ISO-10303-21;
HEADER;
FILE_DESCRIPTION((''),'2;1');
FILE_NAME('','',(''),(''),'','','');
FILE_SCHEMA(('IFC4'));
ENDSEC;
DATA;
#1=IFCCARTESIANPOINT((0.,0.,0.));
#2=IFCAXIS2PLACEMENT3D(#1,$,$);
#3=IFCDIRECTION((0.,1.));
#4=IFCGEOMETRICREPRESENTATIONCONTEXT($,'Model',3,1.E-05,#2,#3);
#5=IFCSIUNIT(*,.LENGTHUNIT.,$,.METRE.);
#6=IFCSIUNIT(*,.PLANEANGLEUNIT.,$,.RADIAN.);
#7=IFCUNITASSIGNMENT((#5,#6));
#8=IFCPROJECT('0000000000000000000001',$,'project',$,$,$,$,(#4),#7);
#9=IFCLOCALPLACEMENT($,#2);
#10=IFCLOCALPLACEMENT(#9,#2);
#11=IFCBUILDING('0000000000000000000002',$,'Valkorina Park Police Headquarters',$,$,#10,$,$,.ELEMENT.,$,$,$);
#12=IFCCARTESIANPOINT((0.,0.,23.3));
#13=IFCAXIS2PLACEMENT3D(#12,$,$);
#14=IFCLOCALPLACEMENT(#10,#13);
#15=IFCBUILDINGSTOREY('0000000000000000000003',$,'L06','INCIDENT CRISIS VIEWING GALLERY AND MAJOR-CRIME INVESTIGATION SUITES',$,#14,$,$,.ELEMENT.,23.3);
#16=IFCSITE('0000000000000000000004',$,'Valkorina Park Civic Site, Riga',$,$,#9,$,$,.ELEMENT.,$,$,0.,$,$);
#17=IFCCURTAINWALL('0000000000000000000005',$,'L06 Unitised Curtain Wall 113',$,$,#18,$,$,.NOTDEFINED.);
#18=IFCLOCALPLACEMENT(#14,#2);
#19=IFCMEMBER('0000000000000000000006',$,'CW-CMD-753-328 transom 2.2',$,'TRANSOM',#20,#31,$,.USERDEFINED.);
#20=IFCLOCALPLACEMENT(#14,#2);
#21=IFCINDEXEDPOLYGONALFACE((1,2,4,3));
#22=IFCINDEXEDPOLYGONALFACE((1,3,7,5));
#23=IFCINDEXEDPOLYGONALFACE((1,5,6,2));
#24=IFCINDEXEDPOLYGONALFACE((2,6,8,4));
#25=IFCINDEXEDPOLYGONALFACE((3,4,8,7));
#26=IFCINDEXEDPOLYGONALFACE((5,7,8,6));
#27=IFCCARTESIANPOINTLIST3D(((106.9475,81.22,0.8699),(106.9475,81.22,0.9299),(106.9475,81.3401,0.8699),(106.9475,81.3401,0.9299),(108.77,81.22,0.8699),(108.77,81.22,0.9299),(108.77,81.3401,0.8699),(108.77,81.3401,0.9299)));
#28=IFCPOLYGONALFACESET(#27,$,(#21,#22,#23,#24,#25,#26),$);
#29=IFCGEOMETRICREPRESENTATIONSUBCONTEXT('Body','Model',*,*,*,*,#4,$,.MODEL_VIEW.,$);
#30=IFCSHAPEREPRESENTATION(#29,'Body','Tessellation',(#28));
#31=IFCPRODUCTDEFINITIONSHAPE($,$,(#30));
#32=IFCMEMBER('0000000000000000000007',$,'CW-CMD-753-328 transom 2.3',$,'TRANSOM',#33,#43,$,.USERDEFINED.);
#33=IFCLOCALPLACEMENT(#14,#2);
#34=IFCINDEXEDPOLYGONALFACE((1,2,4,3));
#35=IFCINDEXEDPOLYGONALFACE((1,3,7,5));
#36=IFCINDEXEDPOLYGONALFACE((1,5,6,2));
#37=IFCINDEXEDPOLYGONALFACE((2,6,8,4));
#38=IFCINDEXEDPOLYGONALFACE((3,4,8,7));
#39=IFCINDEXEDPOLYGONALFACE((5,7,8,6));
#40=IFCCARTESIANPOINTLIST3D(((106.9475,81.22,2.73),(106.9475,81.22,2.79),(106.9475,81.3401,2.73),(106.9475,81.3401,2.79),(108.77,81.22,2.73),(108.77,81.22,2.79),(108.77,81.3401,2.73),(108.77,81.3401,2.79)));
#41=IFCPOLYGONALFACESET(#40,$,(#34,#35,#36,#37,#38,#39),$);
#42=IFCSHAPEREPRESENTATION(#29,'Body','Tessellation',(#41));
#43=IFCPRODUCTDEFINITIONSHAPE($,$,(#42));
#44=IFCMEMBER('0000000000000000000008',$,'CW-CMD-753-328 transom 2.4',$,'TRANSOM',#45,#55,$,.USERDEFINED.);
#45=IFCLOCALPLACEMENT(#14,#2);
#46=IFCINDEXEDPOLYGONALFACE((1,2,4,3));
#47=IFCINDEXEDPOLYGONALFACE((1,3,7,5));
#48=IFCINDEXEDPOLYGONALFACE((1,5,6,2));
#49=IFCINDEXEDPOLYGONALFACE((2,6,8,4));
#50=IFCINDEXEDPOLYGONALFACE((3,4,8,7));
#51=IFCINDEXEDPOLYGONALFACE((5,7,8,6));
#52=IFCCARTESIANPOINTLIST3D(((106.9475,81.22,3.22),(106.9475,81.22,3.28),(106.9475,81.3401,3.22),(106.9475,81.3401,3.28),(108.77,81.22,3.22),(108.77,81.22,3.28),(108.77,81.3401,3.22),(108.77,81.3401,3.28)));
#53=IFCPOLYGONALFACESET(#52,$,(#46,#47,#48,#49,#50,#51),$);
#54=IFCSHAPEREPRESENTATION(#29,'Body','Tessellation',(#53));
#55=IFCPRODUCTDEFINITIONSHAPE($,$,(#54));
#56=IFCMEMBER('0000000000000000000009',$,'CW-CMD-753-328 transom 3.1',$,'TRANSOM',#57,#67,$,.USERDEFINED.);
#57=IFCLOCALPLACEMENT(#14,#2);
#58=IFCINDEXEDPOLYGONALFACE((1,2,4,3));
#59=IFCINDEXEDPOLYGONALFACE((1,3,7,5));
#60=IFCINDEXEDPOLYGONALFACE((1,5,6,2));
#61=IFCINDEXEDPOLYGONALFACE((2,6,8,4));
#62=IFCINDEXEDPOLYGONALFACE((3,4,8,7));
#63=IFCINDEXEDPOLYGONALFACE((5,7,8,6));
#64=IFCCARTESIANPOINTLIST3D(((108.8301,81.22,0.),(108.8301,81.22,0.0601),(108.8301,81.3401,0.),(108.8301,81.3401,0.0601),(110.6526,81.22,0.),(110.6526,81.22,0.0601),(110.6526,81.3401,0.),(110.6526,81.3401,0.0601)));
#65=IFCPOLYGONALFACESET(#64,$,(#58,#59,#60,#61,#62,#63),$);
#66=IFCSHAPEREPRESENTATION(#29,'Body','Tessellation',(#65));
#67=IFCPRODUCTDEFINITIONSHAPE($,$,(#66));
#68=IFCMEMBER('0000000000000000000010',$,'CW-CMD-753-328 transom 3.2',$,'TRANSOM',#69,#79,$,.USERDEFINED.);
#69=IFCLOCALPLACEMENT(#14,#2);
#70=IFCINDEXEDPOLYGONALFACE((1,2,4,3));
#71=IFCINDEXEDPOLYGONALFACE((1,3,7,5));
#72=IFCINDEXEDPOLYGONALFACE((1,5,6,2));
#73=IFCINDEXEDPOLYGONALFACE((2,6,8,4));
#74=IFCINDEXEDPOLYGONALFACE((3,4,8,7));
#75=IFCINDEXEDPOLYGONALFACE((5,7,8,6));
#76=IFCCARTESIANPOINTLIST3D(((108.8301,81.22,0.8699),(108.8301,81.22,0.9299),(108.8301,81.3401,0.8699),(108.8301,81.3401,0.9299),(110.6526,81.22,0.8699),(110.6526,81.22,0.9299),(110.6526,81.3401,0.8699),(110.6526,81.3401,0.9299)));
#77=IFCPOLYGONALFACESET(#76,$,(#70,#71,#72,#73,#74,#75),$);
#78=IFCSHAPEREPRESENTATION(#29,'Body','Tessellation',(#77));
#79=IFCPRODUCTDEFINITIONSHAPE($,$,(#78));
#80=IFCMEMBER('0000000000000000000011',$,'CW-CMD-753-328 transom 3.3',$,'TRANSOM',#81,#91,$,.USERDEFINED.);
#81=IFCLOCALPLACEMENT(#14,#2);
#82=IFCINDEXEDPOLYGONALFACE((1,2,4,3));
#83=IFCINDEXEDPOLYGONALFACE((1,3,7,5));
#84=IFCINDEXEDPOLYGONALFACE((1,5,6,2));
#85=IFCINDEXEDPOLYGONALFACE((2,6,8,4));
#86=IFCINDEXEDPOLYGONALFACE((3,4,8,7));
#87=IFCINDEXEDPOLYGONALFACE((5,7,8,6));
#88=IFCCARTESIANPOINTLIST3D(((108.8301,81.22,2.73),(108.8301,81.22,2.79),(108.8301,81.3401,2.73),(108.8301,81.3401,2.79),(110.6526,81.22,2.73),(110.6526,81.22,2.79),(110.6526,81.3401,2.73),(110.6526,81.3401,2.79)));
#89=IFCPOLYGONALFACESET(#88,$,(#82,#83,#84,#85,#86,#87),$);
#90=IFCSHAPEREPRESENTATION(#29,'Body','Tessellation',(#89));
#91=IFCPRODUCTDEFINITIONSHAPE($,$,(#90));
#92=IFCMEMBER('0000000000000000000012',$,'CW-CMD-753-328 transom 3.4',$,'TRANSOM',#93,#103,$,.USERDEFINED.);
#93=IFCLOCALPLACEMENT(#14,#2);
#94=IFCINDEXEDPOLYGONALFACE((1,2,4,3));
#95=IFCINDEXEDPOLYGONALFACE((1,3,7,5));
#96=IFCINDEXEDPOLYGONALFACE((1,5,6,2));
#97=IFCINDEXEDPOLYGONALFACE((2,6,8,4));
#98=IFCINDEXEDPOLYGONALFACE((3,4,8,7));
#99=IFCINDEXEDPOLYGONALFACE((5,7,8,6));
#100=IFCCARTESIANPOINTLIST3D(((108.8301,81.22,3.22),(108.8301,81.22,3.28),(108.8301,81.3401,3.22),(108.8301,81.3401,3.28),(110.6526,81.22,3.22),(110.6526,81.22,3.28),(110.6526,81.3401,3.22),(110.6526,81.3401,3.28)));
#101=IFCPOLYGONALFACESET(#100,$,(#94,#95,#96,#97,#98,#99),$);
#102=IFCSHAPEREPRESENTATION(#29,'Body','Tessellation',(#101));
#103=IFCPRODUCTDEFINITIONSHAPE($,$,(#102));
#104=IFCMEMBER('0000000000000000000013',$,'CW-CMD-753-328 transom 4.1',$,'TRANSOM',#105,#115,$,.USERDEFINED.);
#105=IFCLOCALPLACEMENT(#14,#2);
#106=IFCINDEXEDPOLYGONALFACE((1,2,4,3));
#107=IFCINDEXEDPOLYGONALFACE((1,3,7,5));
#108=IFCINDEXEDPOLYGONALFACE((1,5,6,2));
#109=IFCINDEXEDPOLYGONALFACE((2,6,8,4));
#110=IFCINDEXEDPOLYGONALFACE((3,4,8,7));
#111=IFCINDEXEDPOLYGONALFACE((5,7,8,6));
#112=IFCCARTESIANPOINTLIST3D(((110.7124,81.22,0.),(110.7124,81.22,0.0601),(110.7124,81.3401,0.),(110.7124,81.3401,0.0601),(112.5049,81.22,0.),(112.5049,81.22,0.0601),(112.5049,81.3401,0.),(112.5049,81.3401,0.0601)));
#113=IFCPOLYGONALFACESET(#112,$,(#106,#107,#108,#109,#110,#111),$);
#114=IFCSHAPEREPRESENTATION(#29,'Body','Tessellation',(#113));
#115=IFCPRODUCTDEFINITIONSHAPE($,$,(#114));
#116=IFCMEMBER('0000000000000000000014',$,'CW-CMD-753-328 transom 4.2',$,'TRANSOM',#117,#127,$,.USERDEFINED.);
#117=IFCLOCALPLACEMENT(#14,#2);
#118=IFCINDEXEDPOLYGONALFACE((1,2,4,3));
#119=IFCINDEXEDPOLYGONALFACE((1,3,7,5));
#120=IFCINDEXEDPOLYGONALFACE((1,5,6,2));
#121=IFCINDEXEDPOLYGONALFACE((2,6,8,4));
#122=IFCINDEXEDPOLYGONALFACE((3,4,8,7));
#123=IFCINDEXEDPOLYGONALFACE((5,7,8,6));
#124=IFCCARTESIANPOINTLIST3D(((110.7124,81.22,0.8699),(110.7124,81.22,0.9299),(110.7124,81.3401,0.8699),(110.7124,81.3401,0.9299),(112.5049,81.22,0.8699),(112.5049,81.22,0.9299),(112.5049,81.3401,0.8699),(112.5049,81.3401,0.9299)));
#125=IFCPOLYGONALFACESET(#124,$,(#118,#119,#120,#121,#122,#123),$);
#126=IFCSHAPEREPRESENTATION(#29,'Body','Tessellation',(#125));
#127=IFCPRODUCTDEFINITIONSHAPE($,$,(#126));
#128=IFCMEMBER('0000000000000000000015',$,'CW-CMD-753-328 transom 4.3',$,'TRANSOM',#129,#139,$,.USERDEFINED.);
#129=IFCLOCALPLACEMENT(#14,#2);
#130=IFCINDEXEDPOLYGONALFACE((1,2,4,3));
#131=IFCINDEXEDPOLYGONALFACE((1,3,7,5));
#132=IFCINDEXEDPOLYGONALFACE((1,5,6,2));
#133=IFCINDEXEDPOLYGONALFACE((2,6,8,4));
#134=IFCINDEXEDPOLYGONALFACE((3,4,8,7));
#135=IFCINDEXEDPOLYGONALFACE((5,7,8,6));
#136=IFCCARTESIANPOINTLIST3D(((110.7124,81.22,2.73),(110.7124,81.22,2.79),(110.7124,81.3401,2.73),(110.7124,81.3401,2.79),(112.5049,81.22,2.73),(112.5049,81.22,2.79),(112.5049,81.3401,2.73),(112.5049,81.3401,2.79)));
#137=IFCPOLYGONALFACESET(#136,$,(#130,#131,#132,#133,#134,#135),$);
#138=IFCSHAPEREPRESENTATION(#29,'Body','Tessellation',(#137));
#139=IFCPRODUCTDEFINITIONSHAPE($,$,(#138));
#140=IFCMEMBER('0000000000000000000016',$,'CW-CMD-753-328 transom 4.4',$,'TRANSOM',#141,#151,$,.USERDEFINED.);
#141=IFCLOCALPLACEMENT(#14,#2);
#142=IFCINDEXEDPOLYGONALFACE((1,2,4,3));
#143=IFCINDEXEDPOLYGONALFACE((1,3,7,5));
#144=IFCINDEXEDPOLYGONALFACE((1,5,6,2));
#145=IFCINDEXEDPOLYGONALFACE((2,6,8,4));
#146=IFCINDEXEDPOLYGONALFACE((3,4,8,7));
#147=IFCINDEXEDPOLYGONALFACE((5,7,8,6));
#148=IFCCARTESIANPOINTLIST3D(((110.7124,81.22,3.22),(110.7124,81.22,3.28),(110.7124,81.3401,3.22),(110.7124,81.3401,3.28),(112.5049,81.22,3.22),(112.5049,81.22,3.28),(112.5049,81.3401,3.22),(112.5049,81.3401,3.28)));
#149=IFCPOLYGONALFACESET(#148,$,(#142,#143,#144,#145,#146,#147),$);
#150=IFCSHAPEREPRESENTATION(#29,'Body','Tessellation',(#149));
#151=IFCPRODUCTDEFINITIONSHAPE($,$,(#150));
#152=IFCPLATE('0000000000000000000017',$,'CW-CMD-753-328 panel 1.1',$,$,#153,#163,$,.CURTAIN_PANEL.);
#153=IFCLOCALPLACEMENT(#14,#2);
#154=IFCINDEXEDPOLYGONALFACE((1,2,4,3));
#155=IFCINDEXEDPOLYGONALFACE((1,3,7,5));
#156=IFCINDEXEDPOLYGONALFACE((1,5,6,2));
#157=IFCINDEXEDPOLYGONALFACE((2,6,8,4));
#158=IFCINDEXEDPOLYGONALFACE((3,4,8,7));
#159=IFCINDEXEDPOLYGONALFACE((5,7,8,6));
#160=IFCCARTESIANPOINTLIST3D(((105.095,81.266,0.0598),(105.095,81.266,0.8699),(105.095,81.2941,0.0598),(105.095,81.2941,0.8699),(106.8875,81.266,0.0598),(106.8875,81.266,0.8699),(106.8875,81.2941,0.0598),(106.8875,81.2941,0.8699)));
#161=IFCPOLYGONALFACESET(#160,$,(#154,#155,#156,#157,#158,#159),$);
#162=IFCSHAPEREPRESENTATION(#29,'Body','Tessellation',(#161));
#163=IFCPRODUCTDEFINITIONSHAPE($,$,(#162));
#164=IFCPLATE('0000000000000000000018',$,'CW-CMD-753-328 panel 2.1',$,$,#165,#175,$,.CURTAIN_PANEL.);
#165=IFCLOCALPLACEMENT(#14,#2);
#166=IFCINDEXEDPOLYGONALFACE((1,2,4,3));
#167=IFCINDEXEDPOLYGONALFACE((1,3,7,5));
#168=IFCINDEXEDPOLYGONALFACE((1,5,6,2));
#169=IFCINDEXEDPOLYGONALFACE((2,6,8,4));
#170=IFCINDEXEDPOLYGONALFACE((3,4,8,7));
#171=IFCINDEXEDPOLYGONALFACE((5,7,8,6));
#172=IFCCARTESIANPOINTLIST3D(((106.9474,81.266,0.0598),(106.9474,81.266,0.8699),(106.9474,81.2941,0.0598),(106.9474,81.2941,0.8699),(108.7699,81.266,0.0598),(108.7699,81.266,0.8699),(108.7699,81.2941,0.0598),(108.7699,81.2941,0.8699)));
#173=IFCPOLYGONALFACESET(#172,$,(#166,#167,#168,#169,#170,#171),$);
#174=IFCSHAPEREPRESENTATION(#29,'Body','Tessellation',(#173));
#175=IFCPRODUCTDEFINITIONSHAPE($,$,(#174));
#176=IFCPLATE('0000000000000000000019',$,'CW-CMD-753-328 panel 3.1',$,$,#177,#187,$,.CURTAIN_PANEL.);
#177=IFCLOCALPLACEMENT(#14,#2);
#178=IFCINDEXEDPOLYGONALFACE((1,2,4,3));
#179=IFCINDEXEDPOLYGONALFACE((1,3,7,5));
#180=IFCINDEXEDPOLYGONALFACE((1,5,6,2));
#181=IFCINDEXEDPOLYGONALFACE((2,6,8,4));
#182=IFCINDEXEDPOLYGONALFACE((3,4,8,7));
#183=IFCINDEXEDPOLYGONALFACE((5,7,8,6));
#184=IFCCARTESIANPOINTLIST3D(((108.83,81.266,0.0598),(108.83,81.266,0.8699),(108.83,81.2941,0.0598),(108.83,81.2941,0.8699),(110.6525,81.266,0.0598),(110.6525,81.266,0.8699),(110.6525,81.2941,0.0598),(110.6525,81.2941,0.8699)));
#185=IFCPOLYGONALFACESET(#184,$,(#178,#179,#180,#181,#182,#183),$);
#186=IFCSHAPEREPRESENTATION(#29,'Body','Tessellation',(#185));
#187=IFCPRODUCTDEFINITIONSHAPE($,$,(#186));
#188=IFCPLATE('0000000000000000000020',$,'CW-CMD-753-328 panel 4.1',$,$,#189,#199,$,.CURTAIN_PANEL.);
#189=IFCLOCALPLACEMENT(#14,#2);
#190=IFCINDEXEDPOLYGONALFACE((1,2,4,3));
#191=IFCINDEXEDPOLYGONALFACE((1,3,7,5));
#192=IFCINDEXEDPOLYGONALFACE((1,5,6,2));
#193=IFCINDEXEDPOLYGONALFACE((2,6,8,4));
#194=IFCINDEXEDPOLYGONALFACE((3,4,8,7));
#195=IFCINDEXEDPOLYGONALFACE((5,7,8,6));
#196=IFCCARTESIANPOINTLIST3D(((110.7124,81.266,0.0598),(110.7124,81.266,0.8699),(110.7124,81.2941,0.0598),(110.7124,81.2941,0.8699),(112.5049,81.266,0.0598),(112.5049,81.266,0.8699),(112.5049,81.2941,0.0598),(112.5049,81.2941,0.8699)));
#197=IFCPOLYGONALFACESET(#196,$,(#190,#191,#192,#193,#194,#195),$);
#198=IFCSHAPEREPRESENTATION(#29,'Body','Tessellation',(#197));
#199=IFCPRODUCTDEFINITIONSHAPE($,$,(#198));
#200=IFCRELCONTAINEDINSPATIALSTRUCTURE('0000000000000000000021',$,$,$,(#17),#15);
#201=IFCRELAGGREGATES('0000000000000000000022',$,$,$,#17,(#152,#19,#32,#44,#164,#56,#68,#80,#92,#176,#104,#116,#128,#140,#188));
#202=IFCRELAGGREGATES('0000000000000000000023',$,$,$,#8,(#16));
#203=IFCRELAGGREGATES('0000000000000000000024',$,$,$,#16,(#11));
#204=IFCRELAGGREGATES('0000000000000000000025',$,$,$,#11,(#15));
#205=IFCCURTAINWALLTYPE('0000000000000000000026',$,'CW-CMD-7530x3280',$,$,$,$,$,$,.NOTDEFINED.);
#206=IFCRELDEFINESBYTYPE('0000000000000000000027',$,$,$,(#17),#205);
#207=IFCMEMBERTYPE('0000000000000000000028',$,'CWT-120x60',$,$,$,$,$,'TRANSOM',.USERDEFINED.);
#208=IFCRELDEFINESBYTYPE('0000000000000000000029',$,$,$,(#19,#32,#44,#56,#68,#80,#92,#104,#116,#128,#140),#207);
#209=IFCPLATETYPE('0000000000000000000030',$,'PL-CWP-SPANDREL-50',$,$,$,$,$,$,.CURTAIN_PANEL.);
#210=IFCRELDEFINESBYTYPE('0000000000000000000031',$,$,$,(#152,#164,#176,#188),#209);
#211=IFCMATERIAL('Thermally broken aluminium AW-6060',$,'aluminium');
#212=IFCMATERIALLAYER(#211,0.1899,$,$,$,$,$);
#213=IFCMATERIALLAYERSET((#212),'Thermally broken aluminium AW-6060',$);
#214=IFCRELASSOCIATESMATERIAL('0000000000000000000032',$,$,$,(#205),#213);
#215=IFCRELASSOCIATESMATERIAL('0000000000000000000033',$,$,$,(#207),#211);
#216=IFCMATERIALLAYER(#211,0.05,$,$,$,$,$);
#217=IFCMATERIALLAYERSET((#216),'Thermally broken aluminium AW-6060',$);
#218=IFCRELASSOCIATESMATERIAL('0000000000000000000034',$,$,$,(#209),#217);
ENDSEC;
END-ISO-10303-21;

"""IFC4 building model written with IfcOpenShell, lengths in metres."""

from ifc_helpers import new_model, si_unit, direction, frame, origin, origin_2d, place, context, subcontext, project, spatial, rectangle, extrude, material, layer, layer_set, material_profile, profile_set, type_object, element, aggregate, save


model = new_model("IFC4")

# Units and contexts
model_context = context("Model", 3, precision=1e-05, world=origin(), true_north=direction((0.0, 1.0)))
body_context = subcontext(model_context, "Body", "Model", "MODEL_VIEW")
ifc_project = project(units=[si_unit("LENGTHUNIT", "METRE"), si_unit("PLANEANGLEUNIT", "RADIAN")], contexts=[model_context])

# Site, building, storey
site_placement = place(None, origin())
site = spatial("IfcSite", under=ifc_project, at=site_placement, Name="Valkorina Park Civic Site, Riga", CompositionType="ELEMENT", RefElevation=0.0)
building_placement = place(site_placement, origin())
building = spatial("IfcBuilding", under=site, at=building_placement, Name="Valkorina Park Police Headquarters", CompositionType="ELEMENT")
storey_placement = place(building_placement, frame((0.0, 0.0, 23.3)))
storey = spatial("IfcBuildingStorey", under=building, at=storey_placement, Name="L06", Description="INCIDENT CRISIS VIEWING GALLERY AND MAJOR-CRIME INVESTIGATION SUITES", CompositionType="ELEMENT", Elevation=23.3)

# Curtain wall, members, plates
ifc_material_1 = material(Name="Thermally broken aluminium AW-6060", Category="aluminium")
ifc_layer_1 = layer(ifc_material_1, 0.1899)
ifc_layer_set_1 = layer_set([ifc_layer_1], Name="Thermally broken aluminium AW-6060")
curtain_wall_type = type_object("IfcCurtainWallType", Name="CW-CMD-7530x3280", PredefinedType="NOTDEFINED", material=ifc_layer_set_1)
curtain_wall_placement = place(storey_placement, origin())
curtain_wall = element("IfcCurtainWall", 1, at=curtain_wall_placement, inside=storey, type_object=curtain_wall_type, Name="L06 Unitised Curtain Wall 113", PredefinedType="NOTDEFINED")
ifc_material_profile_1 = material_profile(ifc_material_1, rectangle(XDim=0.1201, YDim=0.0601, at=origin_2d()), Name="CWT-01 120x60")
ifc_profile_set_1 = profile_set([ifc_material_profile_1], Name="Thermally broken aluminium AW-6060")
member_type_1 = type_object("IfcMemberType", Name="CWT-120x60", ElementType="TRANSOM", PredefinedType="USERDEFINED", material=ifc_profile_set_1)
member_1_placement = place(storey_placement, frame((106.9475, 81.28, 0.8999), z_axis=(1.0, 0.0, 0.0), x_axis=(0.0, 1.0, 0.0)))
member_1 = element("IfcMember", 2, at=member_1_placement, type_object=member_type_1, Name="CW-CMD-753-328 transom 2.2", ObjectType="TRANSOM", PredefinedType="USERDEFINED", context=body_context, shape_type="SweptSolid", body=[
    extrude(rectangle(XDim=0.1201, YDim=0.0601, at=origin_2d()), origin(), (0.0, 0.0, 1.0), 1.8225),
])
member_2_placement = place(storey_placement, frame((106.9475, 81.28, 2.76), z_axis=(1.0, 0.0, 0.0), x_axis=(0.0, 1.0, 0.0)))
member_2 = element("IfcMember", 3, at=member_2_placement, type_object=member_type_1, Name="CW-CMD-753-328 transom 2.3", ObjectType="TRANSOM", PredefinedType="USERDEFINED", context=body_context, shape_type="SweptSolid", body=[
    extrude(rectangle(XDim=0.1201, YDim=0.0601, at=origin_2d()), origin(), (0.0, 0.0, 1.0), 1.8225),
])
member_3_placement = place(storey_placement, frame((106.9475, 81.28, 3.25), z_axis=(1.0, 0.0, 0.0), x_axis=(0.0, 1.0, 0.0)))
member_3 = element("IfcMember", 4, at=member_3_placement, type_object=member_type_1, Name="CW-CMD-753-328 transom 2.4", ObjectType="TRANSOM", PredefinedType="USERDEFINED", context=body_context, shape_type="SweptSolid", body=[
    extrude(rectangle(XDim=0.1201, YDim=0.0601, at=origin_2d()), origin(), (0.0, 0.0, 1.0), 1.8225),
])
member_4_placement = place(storey_placement, frame((108.8301, 81.28, 0.03), z_axis=(1.0, 0.0, 0.0), x_axis=(0.0, 1.0, 0.0)))
member_4 = element("IfcMember", 5, at=member_4_placement, type_object=member_type_1, Name="CW-CMD-753-328 transom 3.1", ObjectType="TRANSOM", PredefinedType="USERDEFINED", context=body_context, shape_type="SweptSolid", body=[
    extrude(rectangle(XDim=0.1201, YDim=0.0601, at=origin_2d()), origin(), (0.0, 0.0, 1.0), 1.8225),
])
member_5_placement = place(storey_placement, frame((108.8301, 81.28, 0.8999), z_axis=(1.0, 0.0, 0.0), x_axis=(0.0, 1.0, 0.0)))
member_5 = element("IfcMember", 6, at=member_5_placement, type_object=member_type_1, Name="CW-CMD-753-328 transom 3.2", ObjectType="TRANSOM", PredefinedType="USERDEFINED", context=body_context, shape_type="SweptSolid", body=[
    extrude(rectangle(XDim=0.1201, YDim=0.0601, at=origin_2d()), origin(), (0.0, 0.0, 1.0), 1.8225),
])
member_6_placement = place(storey_placement, frame((108.8301, 81.28, 2.76), z_axis=(1.0, 0.0, 0.0), x_axis=(0.0, 1.0, 0.0)))
member_6 = element("IfcMember", 7, at=member_6_placement, type_object=member_type_1, Name="CW-CMD-753-328 transom 3.3", ObjectType="TRANSOM", PredefinedType="USERDEFINED", context=body_context, shape_type="SweptSolid", body=[
    extrude(rectangle(XDim=0.1201, YDim=0.0601, at=origin_2d()), origin(), (0.0, 0.0, 1.0), 1.8225),
])
member_7_placement = place(storey_placement, frame((108.8301, 81.28, 3.25), z_axis=(1.0, 0.0, 0.0), x_axis=(0.0, 1.0, 0.0)))
member_7 = element("IfcMember", 8, at=member_7_placement, type_object=member_type_1, Name="CW-CMD-753-328 transom 3.4", ObjectType="TRANSOM", PredefinedType="USERDEFINED", context=body_context, shape_type="SweptSolid", body=[
    extrude(rectangle(XDim=0.1201, YDim=0.0601, at=origin_2d()), origin(), (0.0, 0.0, 1.0), 1.8225),
])
member_8_placement = place(storey_placement, frame((110.7124, 81.28, 0.03), z_axis=(1.0, 0.0, 0.0), x_axis=(0.0, 1.0, 0.0)))
member_8 = element("IfcMember", 9, at=member_8_placement, type_object=member_type_1, Name="CW-CMD-753-328 transom 4.1", ObjectType="TRANSOM", PredefinedType="USERDEFINED", context=body_context, shape_type="SweptSolid", body=[
    extrude(rectangle(XDim=0.1201, YDim=0.0601, at=origin_2d()), origin(), (0.0, 0.0, 1.0), 1.7925),
])
member_9_placement = place(storey_placement, frame((110.7124, 81.28, 0.8999), z_axis=(1.0, 0.0, 0.0), x_axis=(0.0, 1.0, 0.0)))
member_9 = element("IfcMember", 10, at=member_9_placement, type_object=member_type_1, Name="CW-CMD-753-328 transom 4.2", ObjectType="TRANSOM", PredefinedType="USERDEFINED", context=body_context, shape_type="SweptSolid", body=[
    extrude(rectangle(XDim=0.1201, YDim=0.0601, at=origin_2d()), origin(), (0.0, 0.0, 1.0), 1.7925),
])
member_10_placement = place(storey_placement, frame((110.7124, 81.28, 2.76), z_axis=(1.0, 0.0, 0.0), x_axis=(0.0, 1.0, 0.0)))
member_10 = element("IfcMember", 11, at=member_10_placement, type_object=member_type_1, Name="CW-CMD-753-328 transom 4.3", ObjectType="TRANSOM", PredefinedType="USERDEFINED", context=body_context, shape_type="SweptSolid", body=[
    extrude(rectangle(XDim=0.1201, YDim=0.0601, at=origin_2d()), origin(), (0.0, 0.0, 1.0), 1.7925),
])
member_11_placement = place(storey_placement, frame((110.7124, 81.28, 3.25), z_axis=(1.0, 0.0, 0.0), x_axis=(0.0, 1.0, 0.0)))
member_11 = element("IfcMember", 12, at=member_11_placement, type_object=member_type_1, Name="CW-CMD-753-328 transom 4.4", ObjectType="TRANSOM", PredefinedType="USERDEFINED", context=body_context, shape_type="SweptSolid", body=[
    extrude(rectangle(XDim=0.1201, YDim=0.0601, at=origin_2d()), origin(), (0.0, 0.0, 1.0), 1.7925),
])
ifc_layer_2 = layer(ifc_material_1, 0.05)
ifc_layer_set_2 = layer_set([ifc_layer_2], Name="Thermally broken aluminium AW-6060")
plate_type_1 = type_object("IfcPlateType", Name="PL-CWP-SPANDREL-50", PredefinedType="CURTAIN_PANEL", material=ifc_layer_set_2)
plate_1_placement = place(storey_placement, frame((105.9912, 81.28, 0.0598), z_axis=(0.0, 0.0, 1.0), x_axis=(1.0, 0.0, 0.0)))
plate_1 = element("IfcPlate", 13, at=plate_1_placement, type_object=plate_type_1, Name="CW-CMD-753-328 panel 1.1", PredefinedType="CURTAIN_PANEL", context=body_context, shape_type="SweptSolid", body=[
    extrude(rectangle(XDim=1.7925, YDim=0.0281, at=origin_2d()), origin(), (0.0, 0.0, 1.0), 0.8101),
])
plate_2_placement = place(storey_placement, frame((107.8586, 81.28, 0.0598), z_axis=(0.0, 0.0, 1.0), x_axis=(1.0, 0.0, 0.0)))
plate_2 = element("IfcPlate", 14, at=plate_2_placement, type_object=plate_type_1, Name="CW-CMD-753-328 panel 2.1", PredefinedType="CURTAIN_PANEL", context=body_context, shape_type="SweptSolid", body=[
    extrude(rectangle(XDim=1.8225, YDim=0.0281, at=origin_2d()), origin(), (0.0, 0.0, 1.0), 0.8101),
])
plate_3_placement = place(storey_placement, frame((109.7412, 81.28, 0.0598), z_axis=(0.0, 0.0, 1.0), x_axis=(1.0, 0.0, 0.0)))
plate_3 = element("IfcPlate", 15, at=plate_3_placement, type_object=plate_type_1, Name="CW-CMD-753-328 panel 3.1", PredefinedType="CURTAIN_PANEL", context=body_context, shape_type="SweptSolid", body=[
    extrude(rectangle(XDim=1.8225, YDim=0.0281, at=origin_2d()), origin(), (0.0, 0.0, 1.0), 0.8101),
])
plate_4_placement = place(storey_placement, frame((111.6086, 81.28, 0.0598), z_axis=(0.0, 0.0, 1.0), x_axis=(1.0, 0.0, 0.0)))
plate_4 = element("IfcPlate", 16, at=plate_4_placement, type_object=plate_type_1, Name="CW-CMD-753-328 panel 4.1", PredefinedType="CURTAIN_PANEL", context=body_context, shape_type="SweptSolid", body=[
    extrude(rectangle(XDim=1.7925, YDim=0.0281, at=origin_2d()), origin(), (0.0, 0.0, 1.0), 0.8101),
])
aggregate(curtain_wall, [plate_1, member_1, member_2, member_3, plate_2, member_4, member_5, member_6, member_7, plate_3, member_8, member_9, member_10, member_11, plate_4])

save(model, "model.ifc")
